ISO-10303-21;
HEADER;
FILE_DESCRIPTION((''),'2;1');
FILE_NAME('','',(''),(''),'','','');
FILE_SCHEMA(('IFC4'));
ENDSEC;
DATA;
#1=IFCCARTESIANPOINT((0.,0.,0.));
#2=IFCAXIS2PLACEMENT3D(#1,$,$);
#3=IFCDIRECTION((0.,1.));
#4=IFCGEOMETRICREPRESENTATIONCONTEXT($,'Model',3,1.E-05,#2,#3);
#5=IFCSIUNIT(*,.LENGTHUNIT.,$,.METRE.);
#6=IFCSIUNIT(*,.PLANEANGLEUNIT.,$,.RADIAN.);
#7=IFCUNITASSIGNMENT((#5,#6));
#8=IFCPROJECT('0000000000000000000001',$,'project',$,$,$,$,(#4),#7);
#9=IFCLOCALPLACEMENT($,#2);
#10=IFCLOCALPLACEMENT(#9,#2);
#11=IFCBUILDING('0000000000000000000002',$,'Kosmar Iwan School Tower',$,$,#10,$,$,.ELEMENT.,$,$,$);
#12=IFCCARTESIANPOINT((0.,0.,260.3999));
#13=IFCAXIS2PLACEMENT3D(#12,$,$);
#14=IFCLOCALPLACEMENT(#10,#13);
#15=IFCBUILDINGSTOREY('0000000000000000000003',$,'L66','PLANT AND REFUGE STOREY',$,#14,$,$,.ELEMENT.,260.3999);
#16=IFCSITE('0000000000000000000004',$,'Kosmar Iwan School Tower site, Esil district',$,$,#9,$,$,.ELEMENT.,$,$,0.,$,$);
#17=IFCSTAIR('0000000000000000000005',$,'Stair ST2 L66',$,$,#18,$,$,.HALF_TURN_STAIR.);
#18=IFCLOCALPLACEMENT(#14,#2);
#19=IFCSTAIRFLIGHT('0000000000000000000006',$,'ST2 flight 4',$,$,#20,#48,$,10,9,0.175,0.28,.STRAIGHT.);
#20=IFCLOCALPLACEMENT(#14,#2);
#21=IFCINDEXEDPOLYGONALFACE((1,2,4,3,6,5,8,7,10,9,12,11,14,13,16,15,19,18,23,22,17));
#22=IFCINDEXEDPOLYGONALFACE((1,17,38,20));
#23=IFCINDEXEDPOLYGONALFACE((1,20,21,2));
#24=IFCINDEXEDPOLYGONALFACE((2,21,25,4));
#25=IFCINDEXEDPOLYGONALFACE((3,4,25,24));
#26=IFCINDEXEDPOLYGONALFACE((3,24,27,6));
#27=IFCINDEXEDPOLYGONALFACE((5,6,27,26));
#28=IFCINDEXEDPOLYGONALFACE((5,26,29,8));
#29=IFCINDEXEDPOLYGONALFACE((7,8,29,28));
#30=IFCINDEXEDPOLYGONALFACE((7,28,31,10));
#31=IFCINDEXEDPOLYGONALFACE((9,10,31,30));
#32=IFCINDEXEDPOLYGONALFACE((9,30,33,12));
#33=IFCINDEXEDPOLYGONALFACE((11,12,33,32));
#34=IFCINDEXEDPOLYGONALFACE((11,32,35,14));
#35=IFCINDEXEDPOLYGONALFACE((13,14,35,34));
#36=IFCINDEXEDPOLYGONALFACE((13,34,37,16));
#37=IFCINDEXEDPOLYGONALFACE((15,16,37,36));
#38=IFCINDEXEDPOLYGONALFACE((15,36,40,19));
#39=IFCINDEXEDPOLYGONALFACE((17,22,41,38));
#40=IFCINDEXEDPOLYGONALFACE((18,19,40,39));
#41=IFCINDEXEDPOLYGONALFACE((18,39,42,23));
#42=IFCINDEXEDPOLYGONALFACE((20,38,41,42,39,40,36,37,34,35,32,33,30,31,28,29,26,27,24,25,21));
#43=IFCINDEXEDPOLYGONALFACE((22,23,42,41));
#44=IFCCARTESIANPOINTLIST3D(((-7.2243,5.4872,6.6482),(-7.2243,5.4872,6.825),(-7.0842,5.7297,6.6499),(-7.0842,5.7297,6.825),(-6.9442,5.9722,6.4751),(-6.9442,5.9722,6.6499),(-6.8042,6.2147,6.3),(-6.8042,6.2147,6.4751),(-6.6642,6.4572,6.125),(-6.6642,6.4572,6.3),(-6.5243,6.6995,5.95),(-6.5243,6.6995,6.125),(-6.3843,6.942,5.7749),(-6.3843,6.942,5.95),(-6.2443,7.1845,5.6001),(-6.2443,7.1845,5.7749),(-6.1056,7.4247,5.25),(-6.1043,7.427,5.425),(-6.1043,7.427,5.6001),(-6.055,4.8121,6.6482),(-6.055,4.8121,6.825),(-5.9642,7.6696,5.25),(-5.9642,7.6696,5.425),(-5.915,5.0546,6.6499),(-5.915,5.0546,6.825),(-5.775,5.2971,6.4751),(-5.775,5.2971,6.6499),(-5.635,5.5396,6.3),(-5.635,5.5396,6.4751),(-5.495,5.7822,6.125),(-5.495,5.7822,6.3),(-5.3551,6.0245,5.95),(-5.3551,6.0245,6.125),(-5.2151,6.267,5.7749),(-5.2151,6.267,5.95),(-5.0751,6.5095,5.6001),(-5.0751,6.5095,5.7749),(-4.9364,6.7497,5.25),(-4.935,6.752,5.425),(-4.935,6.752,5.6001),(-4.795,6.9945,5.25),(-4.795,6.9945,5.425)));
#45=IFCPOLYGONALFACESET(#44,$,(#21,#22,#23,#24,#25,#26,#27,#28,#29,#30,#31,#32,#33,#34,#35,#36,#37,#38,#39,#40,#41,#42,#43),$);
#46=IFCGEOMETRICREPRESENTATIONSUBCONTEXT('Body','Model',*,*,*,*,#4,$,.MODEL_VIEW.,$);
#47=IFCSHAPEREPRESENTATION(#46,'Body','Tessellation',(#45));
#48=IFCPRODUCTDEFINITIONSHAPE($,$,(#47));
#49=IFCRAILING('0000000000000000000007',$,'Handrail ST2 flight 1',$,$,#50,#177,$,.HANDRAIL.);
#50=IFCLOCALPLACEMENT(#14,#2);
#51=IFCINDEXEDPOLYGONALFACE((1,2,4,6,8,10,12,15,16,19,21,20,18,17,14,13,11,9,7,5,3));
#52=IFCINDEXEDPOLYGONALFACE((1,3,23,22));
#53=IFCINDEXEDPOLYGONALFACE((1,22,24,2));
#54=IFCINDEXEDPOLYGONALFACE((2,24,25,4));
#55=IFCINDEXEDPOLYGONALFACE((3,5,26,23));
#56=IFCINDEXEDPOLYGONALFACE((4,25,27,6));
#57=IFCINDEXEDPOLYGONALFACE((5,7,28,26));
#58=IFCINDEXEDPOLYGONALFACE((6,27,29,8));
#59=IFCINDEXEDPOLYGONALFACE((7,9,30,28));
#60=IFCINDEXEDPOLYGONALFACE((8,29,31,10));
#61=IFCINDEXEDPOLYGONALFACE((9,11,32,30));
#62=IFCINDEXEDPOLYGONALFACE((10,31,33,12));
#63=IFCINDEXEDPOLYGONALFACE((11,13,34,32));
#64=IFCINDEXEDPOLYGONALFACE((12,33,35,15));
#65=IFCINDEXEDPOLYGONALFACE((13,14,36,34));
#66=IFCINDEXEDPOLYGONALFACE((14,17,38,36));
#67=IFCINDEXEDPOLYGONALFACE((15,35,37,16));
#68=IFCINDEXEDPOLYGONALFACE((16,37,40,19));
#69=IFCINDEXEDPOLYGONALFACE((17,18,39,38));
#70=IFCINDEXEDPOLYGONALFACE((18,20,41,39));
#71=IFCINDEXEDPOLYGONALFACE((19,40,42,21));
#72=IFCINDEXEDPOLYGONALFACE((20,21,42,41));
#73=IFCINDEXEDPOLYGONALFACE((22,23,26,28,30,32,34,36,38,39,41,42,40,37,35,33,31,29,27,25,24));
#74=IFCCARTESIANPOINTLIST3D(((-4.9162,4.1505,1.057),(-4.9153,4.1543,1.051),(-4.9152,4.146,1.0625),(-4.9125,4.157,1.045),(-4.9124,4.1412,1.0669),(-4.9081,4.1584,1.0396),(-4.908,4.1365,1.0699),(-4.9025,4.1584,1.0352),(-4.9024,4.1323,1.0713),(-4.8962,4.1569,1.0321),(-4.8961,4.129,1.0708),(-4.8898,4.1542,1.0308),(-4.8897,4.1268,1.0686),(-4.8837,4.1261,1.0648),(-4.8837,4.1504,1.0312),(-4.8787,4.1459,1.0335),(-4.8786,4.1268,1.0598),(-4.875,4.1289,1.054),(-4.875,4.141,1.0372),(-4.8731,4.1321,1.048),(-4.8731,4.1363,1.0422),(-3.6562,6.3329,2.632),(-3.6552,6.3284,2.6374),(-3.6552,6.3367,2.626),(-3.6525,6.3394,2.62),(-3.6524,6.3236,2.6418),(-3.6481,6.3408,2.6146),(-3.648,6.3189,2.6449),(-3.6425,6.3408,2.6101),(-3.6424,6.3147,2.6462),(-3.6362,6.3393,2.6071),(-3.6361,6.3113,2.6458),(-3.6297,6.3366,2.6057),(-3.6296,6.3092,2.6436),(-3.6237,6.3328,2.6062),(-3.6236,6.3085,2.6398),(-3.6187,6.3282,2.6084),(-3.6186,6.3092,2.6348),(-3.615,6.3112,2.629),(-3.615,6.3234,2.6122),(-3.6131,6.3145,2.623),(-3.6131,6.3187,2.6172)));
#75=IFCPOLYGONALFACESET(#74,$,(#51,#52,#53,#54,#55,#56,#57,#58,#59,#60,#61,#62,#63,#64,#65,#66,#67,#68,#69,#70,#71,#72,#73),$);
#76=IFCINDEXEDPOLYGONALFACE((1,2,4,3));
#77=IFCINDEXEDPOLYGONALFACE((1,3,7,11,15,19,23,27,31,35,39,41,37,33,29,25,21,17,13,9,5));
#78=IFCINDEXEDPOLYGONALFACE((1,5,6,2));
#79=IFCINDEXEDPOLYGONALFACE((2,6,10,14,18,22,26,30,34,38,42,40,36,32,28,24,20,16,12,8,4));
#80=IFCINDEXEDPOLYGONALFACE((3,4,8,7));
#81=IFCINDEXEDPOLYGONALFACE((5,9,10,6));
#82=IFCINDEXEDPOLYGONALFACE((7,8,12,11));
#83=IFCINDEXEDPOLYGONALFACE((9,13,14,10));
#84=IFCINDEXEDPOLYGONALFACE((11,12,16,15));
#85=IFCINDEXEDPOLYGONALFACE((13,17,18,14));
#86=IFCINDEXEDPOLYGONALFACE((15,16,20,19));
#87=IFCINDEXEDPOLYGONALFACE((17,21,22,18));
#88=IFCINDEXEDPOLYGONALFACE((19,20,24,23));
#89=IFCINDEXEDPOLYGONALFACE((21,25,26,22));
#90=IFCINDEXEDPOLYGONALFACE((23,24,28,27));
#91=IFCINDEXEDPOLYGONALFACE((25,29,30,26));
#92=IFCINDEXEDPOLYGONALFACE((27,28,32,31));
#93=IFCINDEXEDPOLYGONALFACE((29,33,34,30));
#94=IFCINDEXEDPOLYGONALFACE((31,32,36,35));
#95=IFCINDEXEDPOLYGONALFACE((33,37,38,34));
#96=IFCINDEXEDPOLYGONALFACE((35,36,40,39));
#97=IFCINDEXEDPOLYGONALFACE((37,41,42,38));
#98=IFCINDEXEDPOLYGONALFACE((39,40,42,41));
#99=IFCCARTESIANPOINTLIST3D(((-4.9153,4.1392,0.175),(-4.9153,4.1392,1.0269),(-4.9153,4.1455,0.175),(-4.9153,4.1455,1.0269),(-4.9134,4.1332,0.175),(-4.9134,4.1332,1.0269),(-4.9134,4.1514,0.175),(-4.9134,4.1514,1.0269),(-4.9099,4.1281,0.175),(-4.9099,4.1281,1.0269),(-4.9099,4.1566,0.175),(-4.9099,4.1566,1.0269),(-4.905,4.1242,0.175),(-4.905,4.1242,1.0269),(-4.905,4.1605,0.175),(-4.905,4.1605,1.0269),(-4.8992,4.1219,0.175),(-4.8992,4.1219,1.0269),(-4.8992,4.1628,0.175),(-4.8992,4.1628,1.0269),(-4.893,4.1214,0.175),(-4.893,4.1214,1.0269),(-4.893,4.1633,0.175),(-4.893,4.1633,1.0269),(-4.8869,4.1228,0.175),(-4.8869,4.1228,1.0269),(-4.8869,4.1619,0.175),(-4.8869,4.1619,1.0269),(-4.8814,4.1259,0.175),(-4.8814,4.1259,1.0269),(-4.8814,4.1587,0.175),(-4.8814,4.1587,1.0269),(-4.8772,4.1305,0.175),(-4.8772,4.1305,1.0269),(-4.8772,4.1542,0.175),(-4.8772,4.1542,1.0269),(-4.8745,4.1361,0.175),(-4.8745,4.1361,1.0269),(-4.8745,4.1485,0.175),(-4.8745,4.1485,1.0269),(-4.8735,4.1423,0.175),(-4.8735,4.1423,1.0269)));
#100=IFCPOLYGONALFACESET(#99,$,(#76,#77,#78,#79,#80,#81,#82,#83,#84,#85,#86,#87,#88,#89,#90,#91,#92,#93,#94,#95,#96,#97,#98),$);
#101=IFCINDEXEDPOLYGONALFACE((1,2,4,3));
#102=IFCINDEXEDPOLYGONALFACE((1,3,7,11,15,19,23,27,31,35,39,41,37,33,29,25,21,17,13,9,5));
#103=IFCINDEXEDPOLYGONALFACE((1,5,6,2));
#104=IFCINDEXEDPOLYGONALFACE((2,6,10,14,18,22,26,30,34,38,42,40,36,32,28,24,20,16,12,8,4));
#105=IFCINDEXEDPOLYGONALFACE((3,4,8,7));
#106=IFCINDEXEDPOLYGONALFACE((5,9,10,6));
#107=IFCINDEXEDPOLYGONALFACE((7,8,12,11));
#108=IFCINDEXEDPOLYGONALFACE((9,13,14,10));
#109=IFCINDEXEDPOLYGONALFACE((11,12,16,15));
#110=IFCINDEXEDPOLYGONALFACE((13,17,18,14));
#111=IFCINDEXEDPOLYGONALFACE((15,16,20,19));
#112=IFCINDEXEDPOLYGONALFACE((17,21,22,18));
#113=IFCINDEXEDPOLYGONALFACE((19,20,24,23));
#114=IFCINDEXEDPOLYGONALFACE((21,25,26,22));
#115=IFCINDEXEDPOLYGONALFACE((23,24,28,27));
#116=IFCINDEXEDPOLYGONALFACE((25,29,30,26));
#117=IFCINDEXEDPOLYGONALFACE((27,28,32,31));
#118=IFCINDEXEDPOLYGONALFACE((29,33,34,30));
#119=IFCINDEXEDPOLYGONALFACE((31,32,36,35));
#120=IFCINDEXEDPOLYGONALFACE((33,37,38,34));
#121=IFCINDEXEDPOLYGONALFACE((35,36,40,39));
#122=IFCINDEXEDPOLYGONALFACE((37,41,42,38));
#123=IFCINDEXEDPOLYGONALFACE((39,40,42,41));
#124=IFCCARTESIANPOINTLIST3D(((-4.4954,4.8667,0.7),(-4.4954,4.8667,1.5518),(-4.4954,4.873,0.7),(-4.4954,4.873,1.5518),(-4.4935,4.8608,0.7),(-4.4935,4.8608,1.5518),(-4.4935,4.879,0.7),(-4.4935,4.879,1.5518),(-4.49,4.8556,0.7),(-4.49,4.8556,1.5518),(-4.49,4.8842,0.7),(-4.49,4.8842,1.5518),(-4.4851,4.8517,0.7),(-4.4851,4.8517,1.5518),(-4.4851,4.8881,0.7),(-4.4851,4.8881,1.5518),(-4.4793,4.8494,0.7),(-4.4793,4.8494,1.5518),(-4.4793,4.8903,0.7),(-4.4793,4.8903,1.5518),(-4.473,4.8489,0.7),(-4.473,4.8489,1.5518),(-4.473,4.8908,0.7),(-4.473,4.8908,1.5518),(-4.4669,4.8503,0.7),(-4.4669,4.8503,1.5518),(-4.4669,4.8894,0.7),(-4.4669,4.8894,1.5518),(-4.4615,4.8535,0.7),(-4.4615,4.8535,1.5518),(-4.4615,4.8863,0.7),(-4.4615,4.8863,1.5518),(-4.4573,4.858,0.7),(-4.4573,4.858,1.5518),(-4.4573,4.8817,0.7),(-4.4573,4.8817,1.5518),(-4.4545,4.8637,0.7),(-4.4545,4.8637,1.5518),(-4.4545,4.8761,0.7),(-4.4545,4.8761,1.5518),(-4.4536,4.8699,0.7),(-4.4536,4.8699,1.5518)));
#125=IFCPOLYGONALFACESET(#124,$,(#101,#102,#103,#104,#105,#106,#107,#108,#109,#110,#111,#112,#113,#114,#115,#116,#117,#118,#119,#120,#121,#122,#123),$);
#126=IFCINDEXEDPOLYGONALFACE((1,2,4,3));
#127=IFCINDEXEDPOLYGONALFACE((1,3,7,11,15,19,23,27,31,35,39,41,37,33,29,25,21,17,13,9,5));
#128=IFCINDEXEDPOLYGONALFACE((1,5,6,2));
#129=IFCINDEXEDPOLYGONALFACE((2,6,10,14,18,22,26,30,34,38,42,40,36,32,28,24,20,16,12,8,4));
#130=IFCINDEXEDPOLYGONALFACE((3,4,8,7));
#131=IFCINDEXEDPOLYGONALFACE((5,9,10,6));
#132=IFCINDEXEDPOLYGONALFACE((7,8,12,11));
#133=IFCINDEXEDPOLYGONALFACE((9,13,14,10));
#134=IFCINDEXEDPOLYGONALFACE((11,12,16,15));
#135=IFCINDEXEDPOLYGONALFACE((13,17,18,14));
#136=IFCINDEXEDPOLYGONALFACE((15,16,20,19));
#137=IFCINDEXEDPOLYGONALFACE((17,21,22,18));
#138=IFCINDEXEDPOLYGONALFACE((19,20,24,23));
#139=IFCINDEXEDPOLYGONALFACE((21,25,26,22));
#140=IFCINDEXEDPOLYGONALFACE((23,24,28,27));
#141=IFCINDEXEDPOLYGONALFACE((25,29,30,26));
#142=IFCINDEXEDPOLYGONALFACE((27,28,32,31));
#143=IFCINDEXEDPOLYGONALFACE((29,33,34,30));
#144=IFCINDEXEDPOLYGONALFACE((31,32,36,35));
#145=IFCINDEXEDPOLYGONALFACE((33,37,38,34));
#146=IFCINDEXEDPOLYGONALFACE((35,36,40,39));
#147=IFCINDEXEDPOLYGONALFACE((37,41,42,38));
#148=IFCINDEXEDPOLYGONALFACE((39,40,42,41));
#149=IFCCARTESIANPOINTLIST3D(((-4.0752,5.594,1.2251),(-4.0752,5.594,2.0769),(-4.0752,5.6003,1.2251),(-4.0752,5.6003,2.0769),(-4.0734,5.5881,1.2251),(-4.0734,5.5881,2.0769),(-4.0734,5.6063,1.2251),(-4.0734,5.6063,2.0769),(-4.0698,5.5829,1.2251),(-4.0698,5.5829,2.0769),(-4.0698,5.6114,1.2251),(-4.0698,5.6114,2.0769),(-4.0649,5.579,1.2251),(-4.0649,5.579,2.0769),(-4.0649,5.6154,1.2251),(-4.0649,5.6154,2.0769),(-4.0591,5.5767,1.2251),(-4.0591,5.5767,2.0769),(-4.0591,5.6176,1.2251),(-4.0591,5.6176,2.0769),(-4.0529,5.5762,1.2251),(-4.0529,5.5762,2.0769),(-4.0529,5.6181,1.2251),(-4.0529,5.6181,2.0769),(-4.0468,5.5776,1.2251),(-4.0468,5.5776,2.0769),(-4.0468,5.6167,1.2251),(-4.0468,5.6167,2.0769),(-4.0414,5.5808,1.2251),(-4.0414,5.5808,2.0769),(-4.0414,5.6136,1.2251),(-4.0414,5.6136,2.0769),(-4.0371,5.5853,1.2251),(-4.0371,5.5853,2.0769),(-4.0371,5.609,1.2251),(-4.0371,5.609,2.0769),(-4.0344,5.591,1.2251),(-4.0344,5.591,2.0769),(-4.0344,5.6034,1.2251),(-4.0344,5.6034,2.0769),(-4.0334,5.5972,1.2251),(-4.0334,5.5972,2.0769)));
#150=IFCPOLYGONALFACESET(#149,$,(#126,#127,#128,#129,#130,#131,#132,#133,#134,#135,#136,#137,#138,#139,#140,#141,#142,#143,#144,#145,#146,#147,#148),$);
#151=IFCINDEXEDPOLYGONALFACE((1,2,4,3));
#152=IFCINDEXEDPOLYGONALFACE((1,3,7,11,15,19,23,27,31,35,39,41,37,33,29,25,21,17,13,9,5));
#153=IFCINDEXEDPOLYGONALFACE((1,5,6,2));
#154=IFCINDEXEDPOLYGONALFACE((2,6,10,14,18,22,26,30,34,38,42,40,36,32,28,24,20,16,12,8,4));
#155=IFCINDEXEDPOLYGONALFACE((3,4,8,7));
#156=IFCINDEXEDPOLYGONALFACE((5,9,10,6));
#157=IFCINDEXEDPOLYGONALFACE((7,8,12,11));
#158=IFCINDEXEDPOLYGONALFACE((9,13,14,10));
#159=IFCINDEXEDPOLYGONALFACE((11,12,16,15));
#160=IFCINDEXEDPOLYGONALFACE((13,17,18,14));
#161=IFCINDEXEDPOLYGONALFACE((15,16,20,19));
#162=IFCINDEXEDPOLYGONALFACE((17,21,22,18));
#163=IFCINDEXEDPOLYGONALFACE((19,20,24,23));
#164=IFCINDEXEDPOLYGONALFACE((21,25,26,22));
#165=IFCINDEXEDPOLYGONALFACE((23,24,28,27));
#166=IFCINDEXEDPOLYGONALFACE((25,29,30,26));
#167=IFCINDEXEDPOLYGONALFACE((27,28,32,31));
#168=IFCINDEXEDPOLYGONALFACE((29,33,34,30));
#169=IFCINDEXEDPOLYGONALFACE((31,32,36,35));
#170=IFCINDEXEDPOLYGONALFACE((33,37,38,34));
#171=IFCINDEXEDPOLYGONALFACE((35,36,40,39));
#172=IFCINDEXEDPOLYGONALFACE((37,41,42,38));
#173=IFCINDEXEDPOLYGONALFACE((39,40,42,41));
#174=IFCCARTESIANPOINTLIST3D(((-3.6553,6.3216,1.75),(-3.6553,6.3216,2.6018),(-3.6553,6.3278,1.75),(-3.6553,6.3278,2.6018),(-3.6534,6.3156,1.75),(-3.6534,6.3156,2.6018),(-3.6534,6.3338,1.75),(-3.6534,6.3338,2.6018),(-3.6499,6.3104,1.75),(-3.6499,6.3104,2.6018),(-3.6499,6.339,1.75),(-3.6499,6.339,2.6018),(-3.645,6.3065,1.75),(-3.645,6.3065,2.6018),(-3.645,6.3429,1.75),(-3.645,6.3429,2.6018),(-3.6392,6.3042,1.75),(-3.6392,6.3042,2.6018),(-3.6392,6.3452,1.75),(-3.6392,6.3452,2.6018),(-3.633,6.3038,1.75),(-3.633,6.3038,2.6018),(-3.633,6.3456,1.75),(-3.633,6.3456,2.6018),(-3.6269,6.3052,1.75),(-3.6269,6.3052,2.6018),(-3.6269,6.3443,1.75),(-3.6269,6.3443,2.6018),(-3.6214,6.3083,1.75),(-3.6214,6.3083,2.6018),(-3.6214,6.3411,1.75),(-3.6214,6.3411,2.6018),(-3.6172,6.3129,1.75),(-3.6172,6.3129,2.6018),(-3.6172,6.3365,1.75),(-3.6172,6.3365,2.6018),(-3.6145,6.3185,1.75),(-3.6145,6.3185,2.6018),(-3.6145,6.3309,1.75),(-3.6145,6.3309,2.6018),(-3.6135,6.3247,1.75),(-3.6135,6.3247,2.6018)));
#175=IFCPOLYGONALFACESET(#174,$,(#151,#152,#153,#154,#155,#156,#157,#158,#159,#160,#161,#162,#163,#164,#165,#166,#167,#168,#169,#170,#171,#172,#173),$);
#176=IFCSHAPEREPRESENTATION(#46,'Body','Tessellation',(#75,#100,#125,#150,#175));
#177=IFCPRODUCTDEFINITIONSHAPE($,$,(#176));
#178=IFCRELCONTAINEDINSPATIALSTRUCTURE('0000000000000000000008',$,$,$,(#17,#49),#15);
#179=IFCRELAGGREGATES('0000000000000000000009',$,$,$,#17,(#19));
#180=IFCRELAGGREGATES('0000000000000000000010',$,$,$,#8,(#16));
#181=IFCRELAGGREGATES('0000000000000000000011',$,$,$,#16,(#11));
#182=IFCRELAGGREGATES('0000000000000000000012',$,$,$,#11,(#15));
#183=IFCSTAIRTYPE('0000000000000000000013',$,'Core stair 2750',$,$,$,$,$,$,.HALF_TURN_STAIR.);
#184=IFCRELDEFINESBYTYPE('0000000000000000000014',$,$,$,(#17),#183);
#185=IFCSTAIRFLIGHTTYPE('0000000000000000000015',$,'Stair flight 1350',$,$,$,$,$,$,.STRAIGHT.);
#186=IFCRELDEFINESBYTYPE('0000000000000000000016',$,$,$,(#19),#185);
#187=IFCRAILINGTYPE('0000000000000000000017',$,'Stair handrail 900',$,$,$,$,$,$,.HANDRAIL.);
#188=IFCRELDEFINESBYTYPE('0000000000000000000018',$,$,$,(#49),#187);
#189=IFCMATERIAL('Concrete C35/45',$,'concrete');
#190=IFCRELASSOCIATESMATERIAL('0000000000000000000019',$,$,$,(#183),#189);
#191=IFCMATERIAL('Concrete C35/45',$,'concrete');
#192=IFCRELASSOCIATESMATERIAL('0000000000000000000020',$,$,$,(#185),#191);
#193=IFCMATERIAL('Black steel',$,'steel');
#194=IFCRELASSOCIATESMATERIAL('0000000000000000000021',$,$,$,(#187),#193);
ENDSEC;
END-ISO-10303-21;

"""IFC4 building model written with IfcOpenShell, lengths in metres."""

from ifc_helpers import new_model, si_unit, direction, frame, origin, origin_2d, place, context, subcontext, project, spatial, polyline, circle, outline, extrude, material, type_object, element, aggregate, save


model = new_model("IFC4")

# Units and contexts
model_context = context("Model", 3, precision=1e-05, world=origin(), true_north=direction((0.0, 1.0)))
body_context = subcontext(model_context, "Body", "Model", "MODEL_VIEW")
ifc_project = project(units=[si_unit("LENGTHUNIT", "METRE"), si_unit("PLANEANGLEUNIT", "RADIAN")], contexts=[model_context])

# Site, building, storey
site_placement = place(None, origin())
site = spatial("IfcSite", under=ifc_project, at=site_placement, Name="Kosmar Iwan School Tower site, Esil district", CompositionType="ELEMENT", RefElevation=0.0)
building_placement = place(site_placement, origin())
building = spatial("IfcBuilding", under=site, at=building_placement, Name="Kosmar Iwan School Tower", CompositionType="ELEMENT")
storey_placement = place(building_placement, frame((0.0, 0.0, 260.3999)))
storey = spatial("IfcBuildingStorey", under=building, at=storey_placement, Name="L66", Description="PLANT AND REFUGE STOREY", CompositionType="ELEMENT", Elevation=260.3999)

# Stair, stair flight
ifc_material_1 = material(Name="Concrete C35/45", Category="concrete")
stair_type = type_object("IfcStairType", Name="Core stair 2750", PredefinedType="HALF_TURN_STAIR", material=ifc_material_1)
stair_placement = place(storey_placement, origin())
stair = element("IfcStair", 1, at=stair_placement, inside=storey, type_object=stair_type, Name="Stair ST2 L66", PredefinedType="HALF_TURN_STAIR")
ifc_material_2 = material(Name="Concrete C35/45", Category="concrete")
stair_flight_type = type_object("IfcStairFlightType", Name="Stair flight 1350", PredefinedType="STRAIGHT", material=ifc_material_2)
stair_flight_1_placement = place(storey_placement, frame((-5.3796, 7.332, 5.25), z_axis=(0.0, 0.0, 1.0), x_axis=(-0.5, -0.866025, 0.0)))
stair_flight_1 = element("IfcStairFlight", 2, at=stair_flight_1_placement, type_object=stair_flight_type, Name="ST2 flight 4", NumberOfRisers=10, NumberOfTreads=9, PredefinedType="STRAIGHT", RiserHeight=0.175, TreadLength=0.28, context=body_context, shape_type="SweptSolid", body=[
    extrude(outline(polyline([(0.0, 0.0), (0.0, 0.175), (0.28, 0.175), (0.28, 0.3501), (0.5601, 0.3501), (0.5601, 0.5249), (0.8401, 0.5249), (0.8401, 0.7), (1.1201, 0.7), (1.1201, 0.875), (1.3999, 0.875), (1.3999, 1.05), (1.6799, 1.05), (1.6799, 1.2251), (1.96, 1.2251), (1.96, 1.3999), (2.24, 1.3999), (2.24, 1.575), (2.52, 1.575), (2.52, 1.75), (2.52, 1.3982), (0.2827, 0.0), (0.0, 0.0)])), frame((0.0, 0.675, 0.0), z_axis=(0.0, -1.0, 0.0), x_axis=(1.0, 0.0, 0.0)), (0.0, 0.0, 1.0), 1.3501),
])
aggregate(stair, [stair_flight_1])

# Railing
ifc_material_3 = material(Name="Black steel", Category="steel")
railing_type = type_object("IfcRailingType", Name="Stair handrail 900", PredefinedType="HANDRAIL", material=ifc_material_3)
railing_1_placement = place(storey_placement, frame((-4.8945, 4.1423, 0.175)))
element("IfcRailing", 3, at=railing_1_placement, inside=storey, type_object=railing_type, Name="Handrail ST2 flight 1", PredefinedType="HANDRAIL", context=body_context, shape_type="SweptSolid", body=[
    extrude(circle(Radius=0.0239, at=origin_2d()), frame((0.0, 0.0, 0.876), z_axis=(0.424007, 0.734392, 0.529988), x_axis=(-0.866023, 0.500005, 0.0)), (0.0, 0.0, 1.0), 2.9717),
    extrude(circle(Radius=0.021, at=origin_2d()), origin(), (0.0, 0.0, 1.0), 0.8518),
    extrude(circle(Radius=0.021, at=origin_2d()), frame((0.4199, 0.7275, 0.5249)), (0.0, 0.0, 1.0), 0.8518),
    extrude(circle(Radius=0.021, at=origin_2d()), frame((0.8401, 1.4548, 1.05)), (0.0, 0.0, 1.0), 0.8518),
    extrude(circle(Radius=0.021, at=origin_2d()), frame((1.26, 2.1824, 1.575)), (0.0, 0.0, 1.0), 0.8518),
])

save(model, "model.ifc")
